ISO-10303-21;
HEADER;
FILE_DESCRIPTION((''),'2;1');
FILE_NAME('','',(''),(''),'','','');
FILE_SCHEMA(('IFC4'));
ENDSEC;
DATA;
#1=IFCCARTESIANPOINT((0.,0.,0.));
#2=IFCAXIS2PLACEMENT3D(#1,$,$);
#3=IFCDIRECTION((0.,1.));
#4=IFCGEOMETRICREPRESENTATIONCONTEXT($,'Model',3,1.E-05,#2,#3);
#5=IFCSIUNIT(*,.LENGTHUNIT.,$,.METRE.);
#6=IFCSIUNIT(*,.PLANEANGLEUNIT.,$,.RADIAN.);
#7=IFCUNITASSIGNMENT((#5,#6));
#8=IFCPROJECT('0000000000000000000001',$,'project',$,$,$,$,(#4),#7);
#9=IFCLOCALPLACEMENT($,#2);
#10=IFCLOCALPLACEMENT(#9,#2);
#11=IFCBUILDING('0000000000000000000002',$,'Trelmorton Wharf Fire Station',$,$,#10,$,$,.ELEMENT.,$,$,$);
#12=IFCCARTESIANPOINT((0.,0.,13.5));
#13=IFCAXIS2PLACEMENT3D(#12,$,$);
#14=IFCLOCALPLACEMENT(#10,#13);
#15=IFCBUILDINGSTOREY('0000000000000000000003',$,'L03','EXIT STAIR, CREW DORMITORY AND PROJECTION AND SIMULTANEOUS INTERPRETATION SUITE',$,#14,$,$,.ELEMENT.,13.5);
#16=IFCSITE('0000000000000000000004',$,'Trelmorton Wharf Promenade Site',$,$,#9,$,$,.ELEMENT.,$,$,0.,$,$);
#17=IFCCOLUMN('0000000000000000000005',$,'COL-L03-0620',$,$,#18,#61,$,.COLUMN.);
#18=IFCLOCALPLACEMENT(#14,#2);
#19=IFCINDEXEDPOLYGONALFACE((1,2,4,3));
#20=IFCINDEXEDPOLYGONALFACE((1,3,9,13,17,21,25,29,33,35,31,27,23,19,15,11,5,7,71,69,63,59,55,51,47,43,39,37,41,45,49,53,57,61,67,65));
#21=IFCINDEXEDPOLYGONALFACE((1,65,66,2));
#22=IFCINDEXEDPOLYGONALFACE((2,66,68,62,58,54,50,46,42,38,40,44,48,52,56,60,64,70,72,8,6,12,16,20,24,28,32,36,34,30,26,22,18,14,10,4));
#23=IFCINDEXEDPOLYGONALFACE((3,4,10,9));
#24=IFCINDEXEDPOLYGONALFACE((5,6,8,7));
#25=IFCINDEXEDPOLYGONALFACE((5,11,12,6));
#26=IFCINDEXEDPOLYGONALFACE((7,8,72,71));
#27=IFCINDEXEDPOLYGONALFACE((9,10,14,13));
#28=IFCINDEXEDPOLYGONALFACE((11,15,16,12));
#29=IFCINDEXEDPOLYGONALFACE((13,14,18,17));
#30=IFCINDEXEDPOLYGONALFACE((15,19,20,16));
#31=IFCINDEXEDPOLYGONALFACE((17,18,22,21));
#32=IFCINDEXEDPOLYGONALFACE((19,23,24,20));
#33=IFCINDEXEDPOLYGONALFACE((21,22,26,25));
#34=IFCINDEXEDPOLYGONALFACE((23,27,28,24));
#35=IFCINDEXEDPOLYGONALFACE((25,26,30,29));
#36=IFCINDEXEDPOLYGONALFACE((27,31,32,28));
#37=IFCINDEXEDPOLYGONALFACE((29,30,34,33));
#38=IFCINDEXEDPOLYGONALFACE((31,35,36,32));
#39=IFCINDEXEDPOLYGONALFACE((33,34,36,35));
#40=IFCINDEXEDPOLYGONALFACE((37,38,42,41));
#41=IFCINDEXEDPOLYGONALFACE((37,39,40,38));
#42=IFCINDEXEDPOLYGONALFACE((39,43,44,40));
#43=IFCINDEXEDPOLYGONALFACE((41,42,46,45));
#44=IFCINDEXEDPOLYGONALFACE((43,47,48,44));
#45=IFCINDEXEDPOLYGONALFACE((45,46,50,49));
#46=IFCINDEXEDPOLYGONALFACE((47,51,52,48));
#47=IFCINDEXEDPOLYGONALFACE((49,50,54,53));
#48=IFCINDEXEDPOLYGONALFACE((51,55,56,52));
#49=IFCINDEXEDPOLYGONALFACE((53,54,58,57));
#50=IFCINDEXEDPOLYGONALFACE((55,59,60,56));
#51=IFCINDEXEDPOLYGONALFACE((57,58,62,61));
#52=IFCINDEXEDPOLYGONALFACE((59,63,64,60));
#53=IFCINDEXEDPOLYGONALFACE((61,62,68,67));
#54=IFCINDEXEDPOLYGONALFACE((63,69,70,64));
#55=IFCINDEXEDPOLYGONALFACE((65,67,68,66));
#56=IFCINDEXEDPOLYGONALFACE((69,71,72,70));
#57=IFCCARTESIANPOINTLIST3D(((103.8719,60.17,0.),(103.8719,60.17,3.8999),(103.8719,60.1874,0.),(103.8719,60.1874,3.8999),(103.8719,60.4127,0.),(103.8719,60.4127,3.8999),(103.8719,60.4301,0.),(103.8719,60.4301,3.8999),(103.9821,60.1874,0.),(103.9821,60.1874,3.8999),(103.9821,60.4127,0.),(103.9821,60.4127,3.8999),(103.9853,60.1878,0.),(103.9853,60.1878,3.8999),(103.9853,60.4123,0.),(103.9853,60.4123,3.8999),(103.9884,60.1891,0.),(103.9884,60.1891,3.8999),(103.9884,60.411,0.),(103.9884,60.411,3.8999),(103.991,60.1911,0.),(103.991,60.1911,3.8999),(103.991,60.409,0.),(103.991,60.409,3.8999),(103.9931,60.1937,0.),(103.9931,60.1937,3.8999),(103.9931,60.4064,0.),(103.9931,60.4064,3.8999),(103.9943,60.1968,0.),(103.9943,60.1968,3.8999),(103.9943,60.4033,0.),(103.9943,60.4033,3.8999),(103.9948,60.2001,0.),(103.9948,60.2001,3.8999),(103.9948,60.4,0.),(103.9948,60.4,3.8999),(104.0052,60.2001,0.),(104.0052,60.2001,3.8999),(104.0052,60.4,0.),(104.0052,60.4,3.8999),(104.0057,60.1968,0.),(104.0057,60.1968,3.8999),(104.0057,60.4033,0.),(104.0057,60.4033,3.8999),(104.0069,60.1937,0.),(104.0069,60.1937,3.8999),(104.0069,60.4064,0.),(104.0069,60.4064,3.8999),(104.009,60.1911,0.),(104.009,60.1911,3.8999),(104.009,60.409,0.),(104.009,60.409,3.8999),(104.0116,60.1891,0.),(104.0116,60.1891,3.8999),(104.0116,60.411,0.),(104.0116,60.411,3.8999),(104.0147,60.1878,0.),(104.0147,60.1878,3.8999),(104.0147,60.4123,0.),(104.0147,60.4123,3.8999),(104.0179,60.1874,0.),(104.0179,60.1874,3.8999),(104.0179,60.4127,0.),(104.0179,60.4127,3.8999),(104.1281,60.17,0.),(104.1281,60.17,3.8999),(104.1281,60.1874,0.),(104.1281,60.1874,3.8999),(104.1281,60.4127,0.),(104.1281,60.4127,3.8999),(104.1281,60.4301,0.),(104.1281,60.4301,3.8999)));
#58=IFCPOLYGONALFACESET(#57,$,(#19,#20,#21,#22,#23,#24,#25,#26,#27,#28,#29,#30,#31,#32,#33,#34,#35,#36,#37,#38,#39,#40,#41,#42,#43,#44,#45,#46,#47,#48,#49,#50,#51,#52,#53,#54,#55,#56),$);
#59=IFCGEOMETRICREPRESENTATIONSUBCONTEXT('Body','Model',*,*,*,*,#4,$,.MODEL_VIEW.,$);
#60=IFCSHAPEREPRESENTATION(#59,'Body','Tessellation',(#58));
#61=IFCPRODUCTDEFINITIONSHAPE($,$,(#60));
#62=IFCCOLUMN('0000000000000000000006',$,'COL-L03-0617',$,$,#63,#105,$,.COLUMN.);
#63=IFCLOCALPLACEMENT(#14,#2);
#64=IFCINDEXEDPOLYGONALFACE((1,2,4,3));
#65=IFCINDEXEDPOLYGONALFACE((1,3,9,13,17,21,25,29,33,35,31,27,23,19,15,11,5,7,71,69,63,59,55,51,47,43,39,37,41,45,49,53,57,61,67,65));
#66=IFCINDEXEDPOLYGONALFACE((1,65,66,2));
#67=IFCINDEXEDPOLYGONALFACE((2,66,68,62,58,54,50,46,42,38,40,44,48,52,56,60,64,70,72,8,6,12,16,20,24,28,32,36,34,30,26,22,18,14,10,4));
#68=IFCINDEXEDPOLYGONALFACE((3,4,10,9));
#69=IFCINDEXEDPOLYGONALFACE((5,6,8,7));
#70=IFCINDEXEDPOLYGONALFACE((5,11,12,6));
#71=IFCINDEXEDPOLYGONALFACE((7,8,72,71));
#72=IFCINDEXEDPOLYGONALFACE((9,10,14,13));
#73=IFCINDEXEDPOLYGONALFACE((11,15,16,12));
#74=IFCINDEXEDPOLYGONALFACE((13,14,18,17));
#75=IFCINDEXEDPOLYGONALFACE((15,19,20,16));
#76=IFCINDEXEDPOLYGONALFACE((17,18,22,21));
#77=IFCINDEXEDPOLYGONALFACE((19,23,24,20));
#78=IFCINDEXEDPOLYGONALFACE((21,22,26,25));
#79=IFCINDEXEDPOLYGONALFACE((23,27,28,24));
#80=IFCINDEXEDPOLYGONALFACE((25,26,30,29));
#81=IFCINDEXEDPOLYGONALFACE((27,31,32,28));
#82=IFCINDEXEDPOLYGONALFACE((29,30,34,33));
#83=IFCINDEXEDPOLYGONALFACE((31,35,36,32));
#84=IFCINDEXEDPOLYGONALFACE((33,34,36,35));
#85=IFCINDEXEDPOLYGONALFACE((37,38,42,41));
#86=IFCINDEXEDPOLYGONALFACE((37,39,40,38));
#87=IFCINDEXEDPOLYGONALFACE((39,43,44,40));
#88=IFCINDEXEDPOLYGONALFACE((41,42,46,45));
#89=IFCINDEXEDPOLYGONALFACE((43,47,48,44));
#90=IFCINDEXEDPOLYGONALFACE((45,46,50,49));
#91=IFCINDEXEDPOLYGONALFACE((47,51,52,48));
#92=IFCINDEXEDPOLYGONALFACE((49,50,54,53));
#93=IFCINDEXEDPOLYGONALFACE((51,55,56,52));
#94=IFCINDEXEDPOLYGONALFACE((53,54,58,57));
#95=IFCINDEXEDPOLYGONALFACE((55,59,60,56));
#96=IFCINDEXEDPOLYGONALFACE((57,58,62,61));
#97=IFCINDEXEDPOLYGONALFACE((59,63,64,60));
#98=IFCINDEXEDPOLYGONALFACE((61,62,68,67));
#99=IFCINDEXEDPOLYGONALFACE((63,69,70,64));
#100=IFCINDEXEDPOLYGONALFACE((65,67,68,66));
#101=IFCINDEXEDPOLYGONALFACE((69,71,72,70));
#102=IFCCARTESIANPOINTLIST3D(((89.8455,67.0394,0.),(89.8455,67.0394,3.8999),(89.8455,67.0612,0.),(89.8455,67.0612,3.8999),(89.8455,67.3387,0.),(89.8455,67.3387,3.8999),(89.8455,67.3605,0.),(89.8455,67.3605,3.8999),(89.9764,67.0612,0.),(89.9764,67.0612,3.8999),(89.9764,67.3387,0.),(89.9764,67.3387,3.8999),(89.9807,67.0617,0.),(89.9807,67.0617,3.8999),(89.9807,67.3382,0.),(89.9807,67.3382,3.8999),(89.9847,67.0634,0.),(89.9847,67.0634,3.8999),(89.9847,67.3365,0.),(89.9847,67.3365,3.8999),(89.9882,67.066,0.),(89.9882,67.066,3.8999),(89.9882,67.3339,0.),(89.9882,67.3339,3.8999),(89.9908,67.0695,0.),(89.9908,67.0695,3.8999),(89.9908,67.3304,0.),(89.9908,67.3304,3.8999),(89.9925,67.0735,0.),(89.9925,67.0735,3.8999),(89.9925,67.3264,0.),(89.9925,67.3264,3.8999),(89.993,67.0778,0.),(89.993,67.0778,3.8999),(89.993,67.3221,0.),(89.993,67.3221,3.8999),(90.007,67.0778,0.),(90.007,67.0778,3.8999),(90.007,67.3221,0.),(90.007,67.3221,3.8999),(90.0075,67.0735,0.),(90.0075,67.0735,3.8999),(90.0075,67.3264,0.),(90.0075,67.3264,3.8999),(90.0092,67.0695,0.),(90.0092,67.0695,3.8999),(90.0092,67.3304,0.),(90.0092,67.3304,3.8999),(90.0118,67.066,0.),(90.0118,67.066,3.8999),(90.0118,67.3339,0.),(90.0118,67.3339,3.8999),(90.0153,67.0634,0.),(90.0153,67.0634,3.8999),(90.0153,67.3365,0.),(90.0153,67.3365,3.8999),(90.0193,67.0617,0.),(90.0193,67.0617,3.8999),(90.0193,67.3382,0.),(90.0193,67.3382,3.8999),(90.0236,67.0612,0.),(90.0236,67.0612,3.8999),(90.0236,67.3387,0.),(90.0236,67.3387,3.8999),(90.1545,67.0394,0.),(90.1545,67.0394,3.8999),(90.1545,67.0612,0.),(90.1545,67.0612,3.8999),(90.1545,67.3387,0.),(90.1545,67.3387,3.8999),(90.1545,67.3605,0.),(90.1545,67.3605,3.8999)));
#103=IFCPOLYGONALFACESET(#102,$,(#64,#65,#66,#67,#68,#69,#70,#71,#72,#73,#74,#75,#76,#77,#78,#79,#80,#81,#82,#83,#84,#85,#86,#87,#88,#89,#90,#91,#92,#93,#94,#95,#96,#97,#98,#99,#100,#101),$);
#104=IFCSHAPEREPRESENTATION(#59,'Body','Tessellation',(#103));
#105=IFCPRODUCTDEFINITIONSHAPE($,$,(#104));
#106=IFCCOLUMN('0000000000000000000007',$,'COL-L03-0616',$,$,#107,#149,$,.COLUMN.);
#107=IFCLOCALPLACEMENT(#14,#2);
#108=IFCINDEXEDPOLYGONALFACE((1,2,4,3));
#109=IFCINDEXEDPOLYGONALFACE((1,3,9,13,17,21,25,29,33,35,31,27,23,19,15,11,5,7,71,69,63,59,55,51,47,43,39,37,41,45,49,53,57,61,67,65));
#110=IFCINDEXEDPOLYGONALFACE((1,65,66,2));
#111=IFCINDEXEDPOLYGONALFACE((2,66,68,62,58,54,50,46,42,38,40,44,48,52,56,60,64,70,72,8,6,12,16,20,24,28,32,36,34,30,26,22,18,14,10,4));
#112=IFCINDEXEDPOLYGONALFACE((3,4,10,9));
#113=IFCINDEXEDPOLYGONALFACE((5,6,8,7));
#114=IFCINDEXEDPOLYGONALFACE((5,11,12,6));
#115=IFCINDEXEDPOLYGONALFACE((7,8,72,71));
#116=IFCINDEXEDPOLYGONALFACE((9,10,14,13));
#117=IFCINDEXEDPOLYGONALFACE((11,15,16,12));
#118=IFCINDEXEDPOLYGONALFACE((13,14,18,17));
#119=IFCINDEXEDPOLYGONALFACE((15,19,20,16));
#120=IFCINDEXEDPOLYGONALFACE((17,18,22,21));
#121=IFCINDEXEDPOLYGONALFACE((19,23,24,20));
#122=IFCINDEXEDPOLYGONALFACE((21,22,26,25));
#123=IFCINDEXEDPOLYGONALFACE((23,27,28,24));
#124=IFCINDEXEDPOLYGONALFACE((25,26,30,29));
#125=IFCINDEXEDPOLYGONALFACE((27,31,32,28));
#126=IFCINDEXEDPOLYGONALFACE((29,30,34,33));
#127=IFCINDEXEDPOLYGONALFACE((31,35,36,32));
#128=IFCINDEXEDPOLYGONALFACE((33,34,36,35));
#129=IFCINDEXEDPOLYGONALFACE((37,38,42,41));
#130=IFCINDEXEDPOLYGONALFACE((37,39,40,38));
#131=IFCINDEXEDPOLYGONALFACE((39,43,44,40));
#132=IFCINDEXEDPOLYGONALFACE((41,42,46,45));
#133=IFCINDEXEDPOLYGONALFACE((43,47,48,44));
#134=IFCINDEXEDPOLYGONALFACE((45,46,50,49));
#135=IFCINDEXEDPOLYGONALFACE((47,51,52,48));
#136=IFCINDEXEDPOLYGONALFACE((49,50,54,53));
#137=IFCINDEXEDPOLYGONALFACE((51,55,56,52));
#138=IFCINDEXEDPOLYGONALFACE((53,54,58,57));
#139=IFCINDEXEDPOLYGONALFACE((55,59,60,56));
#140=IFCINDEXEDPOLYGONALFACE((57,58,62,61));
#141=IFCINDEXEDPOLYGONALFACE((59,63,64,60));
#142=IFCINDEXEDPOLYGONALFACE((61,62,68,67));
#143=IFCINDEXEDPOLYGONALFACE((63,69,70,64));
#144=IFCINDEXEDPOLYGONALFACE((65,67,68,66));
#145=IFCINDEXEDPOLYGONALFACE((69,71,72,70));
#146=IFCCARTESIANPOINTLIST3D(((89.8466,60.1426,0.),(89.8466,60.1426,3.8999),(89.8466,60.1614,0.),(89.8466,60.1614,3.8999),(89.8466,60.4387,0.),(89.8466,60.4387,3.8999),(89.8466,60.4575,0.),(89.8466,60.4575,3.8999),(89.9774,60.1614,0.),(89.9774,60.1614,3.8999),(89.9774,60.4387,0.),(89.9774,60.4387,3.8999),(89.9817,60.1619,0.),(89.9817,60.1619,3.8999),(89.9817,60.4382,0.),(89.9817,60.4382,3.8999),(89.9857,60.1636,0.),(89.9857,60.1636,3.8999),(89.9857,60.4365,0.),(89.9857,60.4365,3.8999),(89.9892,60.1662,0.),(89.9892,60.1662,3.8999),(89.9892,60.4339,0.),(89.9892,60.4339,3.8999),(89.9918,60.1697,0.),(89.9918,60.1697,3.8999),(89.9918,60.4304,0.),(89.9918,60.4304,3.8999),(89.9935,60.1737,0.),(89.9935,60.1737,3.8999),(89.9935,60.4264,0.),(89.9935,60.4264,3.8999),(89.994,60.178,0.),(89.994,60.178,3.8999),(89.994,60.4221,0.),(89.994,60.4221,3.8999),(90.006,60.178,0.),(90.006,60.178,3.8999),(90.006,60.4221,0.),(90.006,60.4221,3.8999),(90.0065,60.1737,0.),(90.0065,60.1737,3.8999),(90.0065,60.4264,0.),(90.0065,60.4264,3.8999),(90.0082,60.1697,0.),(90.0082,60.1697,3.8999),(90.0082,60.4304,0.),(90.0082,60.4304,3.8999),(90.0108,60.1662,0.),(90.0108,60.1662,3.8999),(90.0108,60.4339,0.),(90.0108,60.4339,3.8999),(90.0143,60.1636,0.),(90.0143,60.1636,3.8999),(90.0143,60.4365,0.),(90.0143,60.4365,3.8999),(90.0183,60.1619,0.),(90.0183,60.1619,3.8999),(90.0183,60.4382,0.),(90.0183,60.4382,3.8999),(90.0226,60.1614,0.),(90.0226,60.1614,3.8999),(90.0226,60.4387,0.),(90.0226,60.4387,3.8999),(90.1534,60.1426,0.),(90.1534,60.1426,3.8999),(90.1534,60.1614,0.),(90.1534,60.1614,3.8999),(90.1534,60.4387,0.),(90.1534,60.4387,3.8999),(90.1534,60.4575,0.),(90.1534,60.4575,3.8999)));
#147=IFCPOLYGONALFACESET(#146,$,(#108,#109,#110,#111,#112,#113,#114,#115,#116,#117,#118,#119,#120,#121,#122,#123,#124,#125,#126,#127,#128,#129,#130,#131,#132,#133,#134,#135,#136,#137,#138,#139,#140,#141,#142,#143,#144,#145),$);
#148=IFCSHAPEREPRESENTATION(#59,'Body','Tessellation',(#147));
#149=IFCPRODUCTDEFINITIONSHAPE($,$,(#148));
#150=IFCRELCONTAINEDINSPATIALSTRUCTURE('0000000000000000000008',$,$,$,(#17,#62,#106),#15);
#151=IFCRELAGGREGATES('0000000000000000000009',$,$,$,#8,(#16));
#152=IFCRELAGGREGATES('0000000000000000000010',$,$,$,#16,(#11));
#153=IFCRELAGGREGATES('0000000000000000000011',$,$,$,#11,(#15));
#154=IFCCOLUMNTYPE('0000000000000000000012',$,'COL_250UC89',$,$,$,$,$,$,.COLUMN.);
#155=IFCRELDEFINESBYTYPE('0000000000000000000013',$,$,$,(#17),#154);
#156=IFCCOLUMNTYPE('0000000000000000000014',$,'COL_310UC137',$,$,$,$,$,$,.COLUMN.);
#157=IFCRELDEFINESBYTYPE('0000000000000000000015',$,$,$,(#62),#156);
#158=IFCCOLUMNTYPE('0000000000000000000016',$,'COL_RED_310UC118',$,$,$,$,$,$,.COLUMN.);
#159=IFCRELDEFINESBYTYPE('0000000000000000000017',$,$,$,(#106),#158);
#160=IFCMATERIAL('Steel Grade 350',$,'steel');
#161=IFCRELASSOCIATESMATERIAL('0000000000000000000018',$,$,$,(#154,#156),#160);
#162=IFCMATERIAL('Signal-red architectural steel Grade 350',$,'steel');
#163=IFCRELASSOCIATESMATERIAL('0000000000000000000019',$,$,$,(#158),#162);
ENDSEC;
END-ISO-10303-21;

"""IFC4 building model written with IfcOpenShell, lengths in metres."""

from ifc_helpers import new_model, si_unit, direction, frame, origin, origin_2d, place, context, subcontext, project, spatial, i_section, extrude, material, material_profile, profile_set, type_object, element, save


model = new_model("IFC4")

# Units and contexts
model_context = context("Model", 3, precision=1e-05, world=origin(), true_north=direction((0.0, 1.0)))
body_context = subcontext(model_context, "Body", "Model", "MODEL_VIEW")
ifc_project = project(units=[si_unit("LENGTHUNIT", "METRE"), si_unit("PLANEANGLEUNIT", "RADIAN")], contexts=[model_context])

# Site, building, storey
site_placement = place(None, origin())
site = spatial("IfcSite", under=ifc_project, at=site_placement, Name="Trelmorton Wharf Promenade Site", CompositionType="ELEMENT", RefElevation=0.0)
building_placement = place(site_placement, origin())
building = spatial("IfcBuilding", under=site, at=building_placement, Name="Trelmorton Wharf Fire Station", CompositionType="ELEMENT")
storey_placement = place(building_placement, frame((0.0, 0.0, 13.5)))
storey = spatial("IfcBuildingStorey", under=building, at=storey_placement, Name="L03", Description="EXIT STAIR, CREW DORMITORY AND PROJECTION AND SIMULTANEOUS INTERPRETATION SUITE", CompositionType="ELEMENT", Elevation=13.5)

# Columns
ifc_material_1 = material(Name="Steel Grade 350", Category="steel")
ifc_material_profile_1 = material_profile(ifc_material_1, i_section(OverallWidth=0.2561, OverallDepth=0.26, WebThickness=0.0105, FlangeThickness=0.0173, FilletRadius=0.0127, at=origin_2d()), Name="250UC89.5")
ifc_profile_set_1 = profile_set([ifc_material_profile_1], Name="Steel Grade 350")
column_type_1 = type_object("IfcColumnType", Name="COL_250UC89", PredefinedType="COLUMN", material=ifc_profile_set_1)
column_1_placement = place(storey_placement, frame((104.0, 60.3, 0.0), z_axis=(0.0, 0.0, 1.0), x_axis=(1.0, 0.0, 0.0)))
element("IfcColumn", 1, at=column_1_placement, inside=storey, type_object=column_type_1, Name="COL-L03-0620", PredefinedType="COLUMN", context=body_context, shape_type="SweptSolid", body=[
    extrude(i_section(OverallWidth=0.2561, OverallDepth=0.26, WebThickness=0.0105, FlangeThickness=0.0173, FilletRadius=0.0127, at=origin_2d()), origin(), (0.0, 0.0, 1.0), 3.8999),
])
ifc_material_profile_2 = material_profile(ifc_material_1, i_section(OverallWidth=0.3091, OverallDepth=0.321, WebThickness=0.0139, FlangeThickness=0.0217, FilletRadius=0.0166, at=origin_2d()), Name="310UC137")
ifc_profile_set_2 = profile_set([ifc_material_profile_2], Name="Steel Grade 350")
column_type_2 = type_object("IfcColumnType", Name="COL_310UC137", PredefinedType="COLUMN", material=ifc_profile_set_2)
column_2_placement = place(storey_placement, frame((90.0, 67.2, 0.0), z_axis=(0.0, 0.0, 1.0), x_axis=(1.0, 0.0, 0.0)))
element("IfcColumn", 2, at=column_2_placement, inside=storey, type_object=column_type_2, Name="COL-L03-0617", PredefinedType="COLUMN", context=body_context, shape_type="SweptSolid", body=[
    extrude(i_section(OverallWidth=0.3091, OverallDepth=0.321, WebThickness=0.0139, FlangeThickness=0.0217, FilletRadius=0.0166, at=origin_2d()), origin(), (0.0, 0.0, 1.0), 3.8999),
])
ifc_material_2 = material(Name="Signal-red architectural steel Grade 350", Category="steel")
ifc_material_profile_3 = material_profile(ifc_material_2, i_section(OverallWidth=0.3069, OverallDepth=0.3149, WebThickness=0.012, FlangeThickness=0.0188, FilletRadius=0.0166, at=origin_2d()), Name="310UC118")
ifc_profile_set_3 = profile_set([ifc_material_profile_3], Name="Signal-red architectural steel Grade 350")
column_type_3 = type_object("IfcColumnType", Name="COL_RED_310UC118", PredefinedType="COLUMN", material=ifc_profile_set_3)
column_3_placement = place(storey_placement, frame((90.0, 60.3, 0.0), z_axis=(0.0, 0.0, 1.0), x_axis=(1.0, 0.0, 0.0)))
element("IfcColumn", 3, at=column_3_placement, inside=storey, type_object=column_type_3, Name="COL-L03-0616", PredefinedType="COLUMN", context=body_context, shape_type="SweptSolid", body=[
    extrude(i_section(OverallWidth=0.3069, OverallDepth=0.3149, WebThickness=0.012, FlangeThickness=0.0188, FilletRadius=0.0166, at=origin_2d()), origin(), (0.0, 0.0, 1.0), 3.8999),
])

save(model, "model.ifc")
